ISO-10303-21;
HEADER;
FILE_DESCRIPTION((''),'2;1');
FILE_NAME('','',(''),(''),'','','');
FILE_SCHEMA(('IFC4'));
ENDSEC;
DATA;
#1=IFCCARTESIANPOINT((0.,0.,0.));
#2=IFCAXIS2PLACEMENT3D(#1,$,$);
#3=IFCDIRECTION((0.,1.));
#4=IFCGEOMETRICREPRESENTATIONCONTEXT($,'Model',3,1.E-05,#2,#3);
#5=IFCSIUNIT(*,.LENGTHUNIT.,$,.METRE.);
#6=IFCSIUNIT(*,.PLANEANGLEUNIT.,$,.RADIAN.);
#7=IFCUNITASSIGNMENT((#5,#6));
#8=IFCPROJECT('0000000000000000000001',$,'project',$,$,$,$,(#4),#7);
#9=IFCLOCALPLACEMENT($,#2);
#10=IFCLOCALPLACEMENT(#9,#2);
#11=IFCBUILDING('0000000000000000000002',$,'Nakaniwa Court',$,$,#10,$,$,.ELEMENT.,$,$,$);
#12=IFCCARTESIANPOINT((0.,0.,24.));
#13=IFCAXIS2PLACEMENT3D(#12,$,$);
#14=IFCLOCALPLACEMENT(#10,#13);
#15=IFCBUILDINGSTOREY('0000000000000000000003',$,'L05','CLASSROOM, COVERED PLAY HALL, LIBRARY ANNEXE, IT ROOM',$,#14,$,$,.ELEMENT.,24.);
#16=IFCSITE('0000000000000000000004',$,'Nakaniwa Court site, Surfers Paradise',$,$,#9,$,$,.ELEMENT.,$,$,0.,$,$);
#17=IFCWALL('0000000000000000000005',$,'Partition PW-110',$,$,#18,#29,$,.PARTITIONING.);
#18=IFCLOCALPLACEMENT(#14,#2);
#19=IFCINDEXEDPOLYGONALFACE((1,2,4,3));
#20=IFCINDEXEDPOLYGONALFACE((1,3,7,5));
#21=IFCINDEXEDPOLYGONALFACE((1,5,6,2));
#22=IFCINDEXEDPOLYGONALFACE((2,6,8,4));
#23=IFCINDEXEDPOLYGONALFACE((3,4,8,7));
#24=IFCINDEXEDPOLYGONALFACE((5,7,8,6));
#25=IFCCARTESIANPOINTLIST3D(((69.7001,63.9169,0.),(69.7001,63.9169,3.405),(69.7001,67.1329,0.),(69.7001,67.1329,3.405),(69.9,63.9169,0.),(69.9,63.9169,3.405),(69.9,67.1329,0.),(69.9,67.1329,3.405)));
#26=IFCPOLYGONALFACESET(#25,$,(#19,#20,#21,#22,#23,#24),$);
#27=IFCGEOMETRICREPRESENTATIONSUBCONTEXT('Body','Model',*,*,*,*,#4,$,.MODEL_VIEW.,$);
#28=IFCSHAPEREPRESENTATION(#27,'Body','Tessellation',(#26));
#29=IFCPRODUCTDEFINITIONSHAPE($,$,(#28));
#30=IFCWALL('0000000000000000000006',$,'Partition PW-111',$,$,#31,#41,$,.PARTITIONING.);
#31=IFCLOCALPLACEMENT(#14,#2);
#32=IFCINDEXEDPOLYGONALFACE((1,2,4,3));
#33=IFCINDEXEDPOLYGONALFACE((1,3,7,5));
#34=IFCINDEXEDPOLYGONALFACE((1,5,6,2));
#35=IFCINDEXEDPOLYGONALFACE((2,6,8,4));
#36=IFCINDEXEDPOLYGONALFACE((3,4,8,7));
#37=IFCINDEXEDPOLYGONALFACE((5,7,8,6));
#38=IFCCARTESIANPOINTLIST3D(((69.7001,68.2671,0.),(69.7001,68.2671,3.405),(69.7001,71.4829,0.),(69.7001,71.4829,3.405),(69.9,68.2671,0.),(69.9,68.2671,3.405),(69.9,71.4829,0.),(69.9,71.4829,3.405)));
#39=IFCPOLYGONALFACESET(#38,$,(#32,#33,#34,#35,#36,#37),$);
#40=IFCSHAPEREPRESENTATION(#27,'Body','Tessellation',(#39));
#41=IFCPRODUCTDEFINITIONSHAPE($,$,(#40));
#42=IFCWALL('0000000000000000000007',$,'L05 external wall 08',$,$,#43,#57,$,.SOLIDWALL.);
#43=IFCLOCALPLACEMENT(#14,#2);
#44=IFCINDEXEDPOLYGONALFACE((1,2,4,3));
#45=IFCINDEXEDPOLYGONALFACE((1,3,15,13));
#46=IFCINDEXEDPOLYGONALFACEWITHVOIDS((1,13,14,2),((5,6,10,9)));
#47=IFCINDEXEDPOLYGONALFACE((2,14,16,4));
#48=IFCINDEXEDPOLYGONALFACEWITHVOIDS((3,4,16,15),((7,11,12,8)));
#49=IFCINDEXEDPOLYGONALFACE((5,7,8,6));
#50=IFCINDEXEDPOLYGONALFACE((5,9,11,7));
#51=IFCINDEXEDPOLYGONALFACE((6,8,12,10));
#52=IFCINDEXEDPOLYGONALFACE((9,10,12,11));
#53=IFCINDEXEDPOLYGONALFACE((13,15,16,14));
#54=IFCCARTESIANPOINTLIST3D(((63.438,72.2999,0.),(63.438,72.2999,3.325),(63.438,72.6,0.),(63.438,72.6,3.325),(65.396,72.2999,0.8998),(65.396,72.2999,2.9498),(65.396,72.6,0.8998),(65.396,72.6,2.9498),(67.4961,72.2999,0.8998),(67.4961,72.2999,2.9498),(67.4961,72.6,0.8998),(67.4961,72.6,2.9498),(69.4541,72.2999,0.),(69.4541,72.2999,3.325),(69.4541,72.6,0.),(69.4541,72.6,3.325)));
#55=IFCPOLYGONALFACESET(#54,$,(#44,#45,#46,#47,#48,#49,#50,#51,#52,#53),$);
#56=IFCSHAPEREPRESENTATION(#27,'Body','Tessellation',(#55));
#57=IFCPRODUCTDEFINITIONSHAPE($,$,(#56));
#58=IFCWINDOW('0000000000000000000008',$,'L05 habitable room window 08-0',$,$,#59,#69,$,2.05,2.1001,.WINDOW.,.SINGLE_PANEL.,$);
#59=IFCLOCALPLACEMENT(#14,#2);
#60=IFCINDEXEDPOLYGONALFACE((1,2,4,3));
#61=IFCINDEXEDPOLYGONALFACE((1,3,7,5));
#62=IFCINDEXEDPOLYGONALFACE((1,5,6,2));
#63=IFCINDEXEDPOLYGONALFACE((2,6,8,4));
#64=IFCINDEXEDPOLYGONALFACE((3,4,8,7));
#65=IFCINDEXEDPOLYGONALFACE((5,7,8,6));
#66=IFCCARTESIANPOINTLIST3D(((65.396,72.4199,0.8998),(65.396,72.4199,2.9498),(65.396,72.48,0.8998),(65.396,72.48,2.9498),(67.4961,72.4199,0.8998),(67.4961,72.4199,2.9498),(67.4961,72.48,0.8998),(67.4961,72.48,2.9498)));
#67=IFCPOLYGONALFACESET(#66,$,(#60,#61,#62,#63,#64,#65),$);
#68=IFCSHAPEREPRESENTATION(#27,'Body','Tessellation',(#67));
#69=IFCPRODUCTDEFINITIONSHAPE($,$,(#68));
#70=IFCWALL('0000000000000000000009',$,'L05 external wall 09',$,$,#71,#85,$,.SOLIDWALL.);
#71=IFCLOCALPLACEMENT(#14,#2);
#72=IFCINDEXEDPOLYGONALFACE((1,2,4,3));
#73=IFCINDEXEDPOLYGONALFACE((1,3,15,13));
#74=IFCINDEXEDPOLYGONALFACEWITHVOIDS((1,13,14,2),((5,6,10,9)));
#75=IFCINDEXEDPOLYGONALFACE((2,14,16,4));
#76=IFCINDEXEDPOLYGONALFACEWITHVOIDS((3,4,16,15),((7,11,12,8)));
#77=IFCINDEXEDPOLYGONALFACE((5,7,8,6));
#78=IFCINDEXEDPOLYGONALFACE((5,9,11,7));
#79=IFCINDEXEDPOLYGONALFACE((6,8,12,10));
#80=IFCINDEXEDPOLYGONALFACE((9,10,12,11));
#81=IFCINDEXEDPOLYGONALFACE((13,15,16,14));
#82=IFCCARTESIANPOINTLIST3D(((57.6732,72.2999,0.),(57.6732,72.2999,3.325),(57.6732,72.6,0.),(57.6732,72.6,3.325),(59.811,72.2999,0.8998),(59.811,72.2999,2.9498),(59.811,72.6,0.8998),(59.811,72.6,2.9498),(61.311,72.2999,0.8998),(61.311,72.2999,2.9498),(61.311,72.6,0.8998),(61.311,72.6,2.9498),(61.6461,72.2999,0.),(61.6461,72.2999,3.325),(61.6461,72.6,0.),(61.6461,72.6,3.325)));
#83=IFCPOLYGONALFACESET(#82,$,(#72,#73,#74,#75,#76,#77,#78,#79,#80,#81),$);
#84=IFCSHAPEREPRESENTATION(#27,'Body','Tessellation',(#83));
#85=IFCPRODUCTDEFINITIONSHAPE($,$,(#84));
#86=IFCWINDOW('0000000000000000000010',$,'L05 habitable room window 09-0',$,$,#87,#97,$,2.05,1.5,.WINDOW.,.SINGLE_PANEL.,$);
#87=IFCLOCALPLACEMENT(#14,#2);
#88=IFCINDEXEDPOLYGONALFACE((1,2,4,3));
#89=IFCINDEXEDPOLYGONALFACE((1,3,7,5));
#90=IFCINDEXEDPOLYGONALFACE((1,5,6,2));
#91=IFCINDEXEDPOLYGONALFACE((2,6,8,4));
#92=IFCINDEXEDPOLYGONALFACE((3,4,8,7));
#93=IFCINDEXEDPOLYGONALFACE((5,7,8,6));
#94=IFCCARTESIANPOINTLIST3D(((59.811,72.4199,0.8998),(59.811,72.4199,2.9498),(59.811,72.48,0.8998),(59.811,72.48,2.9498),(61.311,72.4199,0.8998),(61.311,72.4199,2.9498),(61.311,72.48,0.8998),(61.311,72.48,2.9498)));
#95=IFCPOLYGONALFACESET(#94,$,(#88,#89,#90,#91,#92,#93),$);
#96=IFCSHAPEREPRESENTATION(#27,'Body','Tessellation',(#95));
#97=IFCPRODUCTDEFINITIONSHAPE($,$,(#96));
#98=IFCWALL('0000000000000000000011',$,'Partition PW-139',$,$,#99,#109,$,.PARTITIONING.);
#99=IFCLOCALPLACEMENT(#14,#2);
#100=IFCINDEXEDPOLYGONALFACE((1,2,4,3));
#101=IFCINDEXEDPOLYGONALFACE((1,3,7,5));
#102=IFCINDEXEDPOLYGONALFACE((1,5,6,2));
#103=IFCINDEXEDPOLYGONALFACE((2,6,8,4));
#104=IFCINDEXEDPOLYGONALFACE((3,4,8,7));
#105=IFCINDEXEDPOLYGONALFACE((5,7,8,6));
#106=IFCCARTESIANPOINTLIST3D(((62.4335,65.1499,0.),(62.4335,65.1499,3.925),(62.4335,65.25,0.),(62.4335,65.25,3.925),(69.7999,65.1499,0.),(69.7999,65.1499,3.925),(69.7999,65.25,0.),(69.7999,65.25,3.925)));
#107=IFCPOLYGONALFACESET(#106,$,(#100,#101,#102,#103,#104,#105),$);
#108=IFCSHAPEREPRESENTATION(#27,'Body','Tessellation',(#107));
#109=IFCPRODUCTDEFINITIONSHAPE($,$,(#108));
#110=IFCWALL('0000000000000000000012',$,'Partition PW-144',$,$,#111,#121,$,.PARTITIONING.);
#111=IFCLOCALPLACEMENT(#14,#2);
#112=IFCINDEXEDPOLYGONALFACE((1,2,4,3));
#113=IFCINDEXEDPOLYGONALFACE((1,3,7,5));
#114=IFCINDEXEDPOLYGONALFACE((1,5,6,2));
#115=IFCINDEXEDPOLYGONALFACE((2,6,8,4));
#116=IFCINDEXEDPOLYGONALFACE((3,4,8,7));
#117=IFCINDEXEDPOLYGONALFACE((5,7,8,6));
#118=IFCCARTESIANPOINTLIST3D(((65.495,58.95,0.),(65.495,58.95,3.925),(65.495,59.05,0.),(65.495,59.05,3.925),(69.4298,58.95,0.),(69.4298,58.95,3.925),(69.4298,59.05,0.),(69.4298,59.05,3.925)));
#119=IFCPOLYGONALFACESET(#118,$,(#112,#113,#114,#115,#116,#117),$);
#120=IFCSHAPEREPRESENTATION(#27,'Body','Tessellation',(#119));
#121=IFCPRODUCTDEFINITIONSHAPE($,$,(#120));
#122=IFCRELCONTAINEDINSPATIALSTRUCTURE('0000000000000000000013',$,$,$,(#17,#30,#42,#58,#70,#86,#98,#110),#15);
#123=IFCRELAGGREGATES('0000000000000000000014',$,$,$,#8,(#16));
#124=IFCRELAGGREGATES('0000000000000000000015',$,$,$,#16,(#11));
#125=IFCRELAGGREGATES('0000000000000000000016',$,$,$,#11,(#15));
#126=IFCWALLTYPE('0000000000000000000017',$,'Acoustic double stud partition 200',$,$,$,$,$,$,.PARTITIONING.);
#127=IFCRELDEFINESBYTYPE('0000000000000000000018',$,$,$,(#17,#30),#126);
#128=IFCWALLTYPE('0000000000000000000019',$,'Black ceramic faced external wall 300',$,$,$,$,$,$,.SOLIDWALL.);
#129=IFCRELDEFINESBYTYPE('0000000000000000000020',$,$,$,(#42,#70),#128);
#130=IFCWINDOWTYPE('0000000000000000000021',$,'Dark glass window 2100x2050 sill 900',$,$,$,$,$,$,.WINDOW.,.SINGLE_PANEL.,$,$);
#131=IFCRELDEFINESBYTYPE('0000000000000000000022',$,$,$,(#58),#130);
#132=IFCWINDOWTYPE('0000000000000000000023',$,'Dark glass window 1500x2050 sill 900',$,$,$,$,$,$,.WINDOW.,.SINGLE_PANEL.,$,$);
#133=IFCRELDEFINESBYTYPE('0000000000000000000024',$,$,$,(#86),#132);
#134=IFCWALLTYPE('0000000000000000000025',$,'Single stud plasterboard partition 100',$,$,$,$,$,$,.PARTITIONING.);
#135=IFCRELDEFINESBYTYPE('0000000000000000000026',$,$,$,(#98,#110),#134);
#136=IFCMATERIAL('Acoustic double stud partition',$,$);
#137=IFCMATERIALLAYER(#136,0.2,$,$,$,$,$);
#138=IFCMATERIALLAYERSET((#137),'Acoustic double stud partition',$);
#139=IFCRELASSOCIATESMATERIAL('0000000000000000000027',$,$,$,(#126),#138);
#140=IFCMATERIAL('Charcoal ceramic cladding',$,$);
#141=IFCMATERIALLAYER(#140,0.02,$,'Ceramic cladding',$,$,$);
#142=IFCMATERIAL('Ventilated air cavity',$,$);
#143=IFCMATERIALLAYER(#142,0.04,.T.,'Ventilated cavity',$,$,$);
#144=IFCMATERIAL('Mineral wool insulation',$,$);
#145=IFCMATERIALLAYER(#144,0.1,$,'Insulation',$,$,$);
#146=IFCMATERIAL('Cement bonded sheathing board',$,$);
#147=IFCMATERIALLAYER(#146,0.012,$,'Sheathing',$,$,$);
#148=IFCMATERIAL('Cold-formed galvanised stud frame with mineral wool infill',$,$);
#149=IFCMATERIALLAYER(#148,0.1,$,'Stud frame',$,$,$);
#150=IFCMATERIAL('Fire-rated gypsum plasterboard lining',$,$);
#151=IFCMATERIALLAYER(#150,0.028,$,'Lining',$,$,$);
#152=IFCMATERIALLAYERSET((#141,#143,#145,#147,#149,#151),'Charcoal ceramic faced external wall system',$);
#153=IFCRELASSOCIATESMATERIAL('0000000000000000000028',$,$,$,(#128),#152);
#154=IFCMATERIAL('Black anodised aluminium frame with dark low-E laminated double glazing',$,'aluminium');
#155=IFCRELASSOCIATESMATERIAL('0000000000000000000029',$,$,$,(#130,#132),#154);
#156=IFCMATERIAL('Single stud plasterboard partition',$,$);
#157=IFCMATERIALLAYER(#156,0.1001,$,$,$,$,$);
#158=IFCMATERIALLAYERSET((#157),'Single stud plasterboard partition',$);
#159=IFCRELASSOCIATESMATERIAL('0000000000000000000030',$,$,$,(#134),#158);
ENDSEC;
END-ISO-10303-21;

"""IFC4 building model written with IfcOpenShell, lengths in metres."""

from ifc_helpers import new_model, si_unit, direction, frame, frame_2d, origin, place, context, subcontext, project, spatial, rectangle, extrude, material, layer, layer_set, type_object, element, fill, save


model = new_model("IFC4")

# Units and contexts
model_context = context("Model", 3, precision=1e-05, world=origin(), true_north=direction((0.0, 1.0)))
body_context = subcontext(model_context, "Body", "Model", "MODEL_VIEW")
ifc_project = project(units=[si_unit("LENGTHUNIT", "METRE"), si_unit("PLANEANGLEUNIT", "RADIAN")], contexts=[model_context])

# Site, building, storey
site_placement = place(None, origin())
site = spatial("IfcSite", under=ifc_project, at=site_placement, Name="Nakaniwa Court site, Surfers Paradise", CompositionType="ELEMENT", RefElevation=0.0)
building_placement = place(site_placement, origin())
building = spatial("IfcBuilding", under=site, at=building_placement, Name="Nakaniwa Court", CompositionType="ELEMENT")
storey_placement = place(building_placement, frame((0.0, 0.0, 24.0)))
storey = spatial("IfcBuildingStorey", under=building, at=storey_placement, Name="L05", Description="CLASSROOM, COVERED PLAY HALL, LIBRARY ANNEXE, IT ROOM", CompositionType="ELEMENT", Elevation=24.0)

# Shared definitions
ifc_material_1 = material(Name="Acoustic double stud partition")
ifc_layer_1 = layer(ifc_material_1, 0.2)
ifc_layer_set_1 = layer_set([ifc_layer_1], Name="Acoustic double stud partition")
wall_type_1 = type_object("IfcWallType", Name="Acoustic double stud partition 200", PredefinedType="PARTITIONING", material=ifc_layer_set_1)

# Walls
for number, where, z_axis, x_axis, name in (
    (1, (69.8, 63.917, 0.0), (0.0, 0.0, 1.0), (0.0, 1.0, 0.0), "Partition PW-110"),
):
    element("IfcWall", number, at=place(storey_placement, frame(where, z_axis=z_axis, x_axis=x_axis)), inside=storey, type_object=wall_type_1, Name=name, PredefinedType="PARTITIONING", context=body_context, shape_type="SweptSolid", body=[
        extrude(rectangle(XDim=3.2161, YDim=0.2, at=frame_2d((1.6079, 0.0))), origin(), (0.0, 0.0, 1.0), 3.405),
    ])
wall_1_placement = place(storey_placement, frame((69.8, 68.2671, 0.0), z_axis=(0.0, 0.0, 1.0), x_axis=(0.0, 1.0, 0.0)))
element("IfcWall", 2, at=wall_1_placement, inside=storey, type_object=wall_type_1, Name="Partition PW-111", PredefinedType="PARTITIONING", context=body_context, shape_type="SweptSolid", body=[
    extrude(rectangle(XDim=3.2158, YDim=0.2, at=frame_2d((1.6079, 0.0))), origin(), (0.0, 0.0, 1.0), 3.405),
])

# Walls, openings, windows
ifc_material_2 = material(Name="Charcoal ceramic cladding")
ifc_layer_2 = layer(ifc_material_2, 0.02, Name="Ceramic cladding")
ifc_material_3 = material(Name="Ventilated air cavity")
ifc_layer_3 = layer(ifc_material_3, 0.04, ventilated=True, Name="Ventilated cavity")
ifc_material_4 = material(Name="Mineral wool insulation")
ifc_layer_4 = layer(ifc_material_4, 0.1, Name="Insulation")
ifc_material_5 = material(Name="Cement bonded sheathing board")
ifc_layer_5 = layer(ifc_material_5, 0.012, Name="Sheathing")
ifc_material_6 = material(Name="Cold-formed galvanised stud frame with mineral wool infill")
ifc_layer_6 = layer(ifc_material_6, 0.1, Name="Stud frame")
ifc_material_7 = material(Name="Fire-rated gypsum plasterboard lining")
ifc_layer_7 = layer(ifc_material_7, 0.028, Name="Lining")
ifc_layer_set_2 = layer_set([ifc_layer_2, ifc_layer_3, ifc_layer_4, ifc_layer_5, ifc_layer_6, ifc_layer_7], Name="Charcoal ceramic faced external wall system")
wall_type_2 = type_object("IfcWallType", Name="Black ceramic faced external wall 300", PredefinedType="SOLIDWALL", material=ifc_layer_set_2)
wall_2_placement = place(storey_placement, frame((69.4541, 72.45, 0.0), z_axis=(0.0, 0.0, 1.0), x_axis=(-1.0, 0.0, 0.0)))
wall_2 = element("IfcWall", 3, at=wall_2_placement, inside=storey, type_object=wall_type_2, Name="L05 external wall 08", PredefinedType="SOLIDWALL", context=body_context, shape_type="SweptSolid", body=[
    extrude(rectangle(XDim=6.0161, YDim=0.3, at=frame_2d((3.0081, 0.0))), origin(), (0.0, 0.0, 1.0), 3.325),
])
opening_1_placement = place(wall_2_placement, frame((1.958, 0.0, 0.8999)))
opening_1 = element("IfcOpeningElement", 4, at=opening_1_placement, cuts=wall_2, PredefinedType="OPENING", context=body_context, shape_type="SweptSolid", body=[
    extrude(rectangle(XDim=2.1001, YDim=2.05, at=frame_2d((1.05, 1.0249))), frame((0.0, 0.1599, 0.0), z_axis=(0.0, -1.0, 0.0), x_axis=(1.0, 0.0, 0.0)), (0.0, 0.0, 1.0), 0.3201),
])
ifc_material_8 = material(Name="Black anodised aluminium frame with dark low-E laminated double glazing", Category="aluminium")
window_type_1 = type_object("IfcWindowType", Name="Dark glass window 2100x2050 sill 900", PartitioningType="SINGLE_PANEL", PredefinedType="WINDOW", material=ifc_material_8)
window_1_placement = place(opening_1_placement, origin())
window_1 = element("IfcWindow", 5, at=window_1_placement, inside=storey, type_object=window_type_1, Name="L05 habitable room window 08-0", OverallHeight=2.05, OverallWidth=2.1001, PartitioningType="SINGLE_PANEL", PredefinedType="WINDOW", context=body_context, shape_type="SweptSolid", body=[
    extrude(rectangle(XDim=2.1001, YDim=2.05, at=frame_2d((1.05, 1.0249))), frame((0.0, 0.03, 0.0), z_axis=(0.0, -1.0, 0.0), x_axis=(1.0, 0.0, 0.0)), (0.0, 0.0, 1.0), 0.0601),
])
fill(opening_1, window_1)
wall_3_placement = place(storey_placement, frame((61.646, 72.45, 0.0), z_axis=(0.0, 0.0, 1.0), x_axis=(-1.0, 0.0, 0.0)))
wall_3 = element("IfcWall", 6, at=wall_3_placement, inside=storey, type_object=wall_type_2, Name="L05 external wall 09", PredefinedType="SOLIDWALL", context=body_context, shape_type="SweptSolid", body=[
    extrude(rectangle(XDim=3.9729, YDim=0.3, at=frame_2d((1.9863, 0.0))), origin(), (0.0, 0.0, 1.0), 3.325),
])
opening_2_placement = place(wall_3_placement, frame((0.335, 0.0, 0.8999)))
opening_2 = element("IfcOpeningElement", 7, at=opening_2_placement, cuts=wall_3, PredefinedType="OPENING", context=body_context, shape_type="SweptSolid", body=[
    extrude(rectangle(XDim=1.5, YDim=2.05, at=frame_2d((0.75, 1.0249))), frame((0.0, 0.1599, 0.0), z_axis=(0.0, -1.0, 0.0), x_axis=(1.0, 0.0, 0.0)), (0.0, 0.0, 1.0), 0.3201),
])
window_type_2 = type_object("IfcWindowType", Name="Dark glass window 1500x2050 sill 900", PartitioningType="SINGLE_PANEL", PredefinedType="WINDOW", material=ifc_material_8)
window_2_placement = place(opening_2_placement, origin())
window_2 = element("IfcWindow", 8, at=window_2_placement, inside=storey, type_object=window_type_2, Name="L05 habitable room window 09-0", OverallHeight=2.05, OverallWidth=1.5, PartitioningType="SINGLE_PANEL", PredefinedType="WINDOW", context=body_context, shape_type="SweptSolid", body=[
    extrude(rectangle(XDim=1.5, YDim=2.05, at=frame_2d((0.75, 1.0249))), frame((0.0, 0.03, 0.0), z_axis=(0.0, -1.0, 0.0), x_axis=(1.0, 0.0, 0.0)), (0.0, 0.0, 1.0), 0.0601),
])
fill(opening_2, window_2)

# Walls
ifc_material_9 = material(Name="Single stud plasterboard partition")
ifc_layer_8 = layer(ifc_material_9, 0.1001)
ifc_layer_set_3 = layer_set([ifc_layer_8], Name="Single stud plasterboard partition")
wall_type_3 = type_object("IfcWallType", Name="Single stud plasterboard partition 100", PredefinedType="PARTITIONING", material=ifc_layer_set_3)
wall_4_placement = place(storey_placement, frame((62.4336, 65.2, 0.0), z_axis=(0.0, 0.0, 1.0), x_axis=(1.0, 0.0, 0.0)))
element("IfcWall", 9, at=wall_4_placement, inside=storey, type_object=wall_type_3, Name="Partition PW-139", PredefinedType="PARTITIONING", context=body_context, shape_type="SweptSolid", body=[
    extrude(rectangle(XDim=7.3665, YDim=0.1001, at=frame_2d((3.6831, 0.0))), origin(), (0.0, 0.0, 1.0), 3.925),
])
wall_5_placement = place(storey_placement, frame((65.4951, 59.0, 0.0), z_axis=(0.0, 0.0, 1.0), x_axis=(1.0, 0.0, 0.0)))
element("IfcWall", 10, at=wall_5_placement, inside=storey, type_object=wall_type_3, Name="Partition PW-144", PredefinedType="PARTITIONING", context=body_context, shape_type="SweptSolid", body=[
    extrude(rectangle(XDim=3.9348, YDim=0.1001, at=frame_2d((1.9673, 0.0))), origin(), (0.0, 0.0, 1.0), 3.925),
])

save(model, "model.ifc")
